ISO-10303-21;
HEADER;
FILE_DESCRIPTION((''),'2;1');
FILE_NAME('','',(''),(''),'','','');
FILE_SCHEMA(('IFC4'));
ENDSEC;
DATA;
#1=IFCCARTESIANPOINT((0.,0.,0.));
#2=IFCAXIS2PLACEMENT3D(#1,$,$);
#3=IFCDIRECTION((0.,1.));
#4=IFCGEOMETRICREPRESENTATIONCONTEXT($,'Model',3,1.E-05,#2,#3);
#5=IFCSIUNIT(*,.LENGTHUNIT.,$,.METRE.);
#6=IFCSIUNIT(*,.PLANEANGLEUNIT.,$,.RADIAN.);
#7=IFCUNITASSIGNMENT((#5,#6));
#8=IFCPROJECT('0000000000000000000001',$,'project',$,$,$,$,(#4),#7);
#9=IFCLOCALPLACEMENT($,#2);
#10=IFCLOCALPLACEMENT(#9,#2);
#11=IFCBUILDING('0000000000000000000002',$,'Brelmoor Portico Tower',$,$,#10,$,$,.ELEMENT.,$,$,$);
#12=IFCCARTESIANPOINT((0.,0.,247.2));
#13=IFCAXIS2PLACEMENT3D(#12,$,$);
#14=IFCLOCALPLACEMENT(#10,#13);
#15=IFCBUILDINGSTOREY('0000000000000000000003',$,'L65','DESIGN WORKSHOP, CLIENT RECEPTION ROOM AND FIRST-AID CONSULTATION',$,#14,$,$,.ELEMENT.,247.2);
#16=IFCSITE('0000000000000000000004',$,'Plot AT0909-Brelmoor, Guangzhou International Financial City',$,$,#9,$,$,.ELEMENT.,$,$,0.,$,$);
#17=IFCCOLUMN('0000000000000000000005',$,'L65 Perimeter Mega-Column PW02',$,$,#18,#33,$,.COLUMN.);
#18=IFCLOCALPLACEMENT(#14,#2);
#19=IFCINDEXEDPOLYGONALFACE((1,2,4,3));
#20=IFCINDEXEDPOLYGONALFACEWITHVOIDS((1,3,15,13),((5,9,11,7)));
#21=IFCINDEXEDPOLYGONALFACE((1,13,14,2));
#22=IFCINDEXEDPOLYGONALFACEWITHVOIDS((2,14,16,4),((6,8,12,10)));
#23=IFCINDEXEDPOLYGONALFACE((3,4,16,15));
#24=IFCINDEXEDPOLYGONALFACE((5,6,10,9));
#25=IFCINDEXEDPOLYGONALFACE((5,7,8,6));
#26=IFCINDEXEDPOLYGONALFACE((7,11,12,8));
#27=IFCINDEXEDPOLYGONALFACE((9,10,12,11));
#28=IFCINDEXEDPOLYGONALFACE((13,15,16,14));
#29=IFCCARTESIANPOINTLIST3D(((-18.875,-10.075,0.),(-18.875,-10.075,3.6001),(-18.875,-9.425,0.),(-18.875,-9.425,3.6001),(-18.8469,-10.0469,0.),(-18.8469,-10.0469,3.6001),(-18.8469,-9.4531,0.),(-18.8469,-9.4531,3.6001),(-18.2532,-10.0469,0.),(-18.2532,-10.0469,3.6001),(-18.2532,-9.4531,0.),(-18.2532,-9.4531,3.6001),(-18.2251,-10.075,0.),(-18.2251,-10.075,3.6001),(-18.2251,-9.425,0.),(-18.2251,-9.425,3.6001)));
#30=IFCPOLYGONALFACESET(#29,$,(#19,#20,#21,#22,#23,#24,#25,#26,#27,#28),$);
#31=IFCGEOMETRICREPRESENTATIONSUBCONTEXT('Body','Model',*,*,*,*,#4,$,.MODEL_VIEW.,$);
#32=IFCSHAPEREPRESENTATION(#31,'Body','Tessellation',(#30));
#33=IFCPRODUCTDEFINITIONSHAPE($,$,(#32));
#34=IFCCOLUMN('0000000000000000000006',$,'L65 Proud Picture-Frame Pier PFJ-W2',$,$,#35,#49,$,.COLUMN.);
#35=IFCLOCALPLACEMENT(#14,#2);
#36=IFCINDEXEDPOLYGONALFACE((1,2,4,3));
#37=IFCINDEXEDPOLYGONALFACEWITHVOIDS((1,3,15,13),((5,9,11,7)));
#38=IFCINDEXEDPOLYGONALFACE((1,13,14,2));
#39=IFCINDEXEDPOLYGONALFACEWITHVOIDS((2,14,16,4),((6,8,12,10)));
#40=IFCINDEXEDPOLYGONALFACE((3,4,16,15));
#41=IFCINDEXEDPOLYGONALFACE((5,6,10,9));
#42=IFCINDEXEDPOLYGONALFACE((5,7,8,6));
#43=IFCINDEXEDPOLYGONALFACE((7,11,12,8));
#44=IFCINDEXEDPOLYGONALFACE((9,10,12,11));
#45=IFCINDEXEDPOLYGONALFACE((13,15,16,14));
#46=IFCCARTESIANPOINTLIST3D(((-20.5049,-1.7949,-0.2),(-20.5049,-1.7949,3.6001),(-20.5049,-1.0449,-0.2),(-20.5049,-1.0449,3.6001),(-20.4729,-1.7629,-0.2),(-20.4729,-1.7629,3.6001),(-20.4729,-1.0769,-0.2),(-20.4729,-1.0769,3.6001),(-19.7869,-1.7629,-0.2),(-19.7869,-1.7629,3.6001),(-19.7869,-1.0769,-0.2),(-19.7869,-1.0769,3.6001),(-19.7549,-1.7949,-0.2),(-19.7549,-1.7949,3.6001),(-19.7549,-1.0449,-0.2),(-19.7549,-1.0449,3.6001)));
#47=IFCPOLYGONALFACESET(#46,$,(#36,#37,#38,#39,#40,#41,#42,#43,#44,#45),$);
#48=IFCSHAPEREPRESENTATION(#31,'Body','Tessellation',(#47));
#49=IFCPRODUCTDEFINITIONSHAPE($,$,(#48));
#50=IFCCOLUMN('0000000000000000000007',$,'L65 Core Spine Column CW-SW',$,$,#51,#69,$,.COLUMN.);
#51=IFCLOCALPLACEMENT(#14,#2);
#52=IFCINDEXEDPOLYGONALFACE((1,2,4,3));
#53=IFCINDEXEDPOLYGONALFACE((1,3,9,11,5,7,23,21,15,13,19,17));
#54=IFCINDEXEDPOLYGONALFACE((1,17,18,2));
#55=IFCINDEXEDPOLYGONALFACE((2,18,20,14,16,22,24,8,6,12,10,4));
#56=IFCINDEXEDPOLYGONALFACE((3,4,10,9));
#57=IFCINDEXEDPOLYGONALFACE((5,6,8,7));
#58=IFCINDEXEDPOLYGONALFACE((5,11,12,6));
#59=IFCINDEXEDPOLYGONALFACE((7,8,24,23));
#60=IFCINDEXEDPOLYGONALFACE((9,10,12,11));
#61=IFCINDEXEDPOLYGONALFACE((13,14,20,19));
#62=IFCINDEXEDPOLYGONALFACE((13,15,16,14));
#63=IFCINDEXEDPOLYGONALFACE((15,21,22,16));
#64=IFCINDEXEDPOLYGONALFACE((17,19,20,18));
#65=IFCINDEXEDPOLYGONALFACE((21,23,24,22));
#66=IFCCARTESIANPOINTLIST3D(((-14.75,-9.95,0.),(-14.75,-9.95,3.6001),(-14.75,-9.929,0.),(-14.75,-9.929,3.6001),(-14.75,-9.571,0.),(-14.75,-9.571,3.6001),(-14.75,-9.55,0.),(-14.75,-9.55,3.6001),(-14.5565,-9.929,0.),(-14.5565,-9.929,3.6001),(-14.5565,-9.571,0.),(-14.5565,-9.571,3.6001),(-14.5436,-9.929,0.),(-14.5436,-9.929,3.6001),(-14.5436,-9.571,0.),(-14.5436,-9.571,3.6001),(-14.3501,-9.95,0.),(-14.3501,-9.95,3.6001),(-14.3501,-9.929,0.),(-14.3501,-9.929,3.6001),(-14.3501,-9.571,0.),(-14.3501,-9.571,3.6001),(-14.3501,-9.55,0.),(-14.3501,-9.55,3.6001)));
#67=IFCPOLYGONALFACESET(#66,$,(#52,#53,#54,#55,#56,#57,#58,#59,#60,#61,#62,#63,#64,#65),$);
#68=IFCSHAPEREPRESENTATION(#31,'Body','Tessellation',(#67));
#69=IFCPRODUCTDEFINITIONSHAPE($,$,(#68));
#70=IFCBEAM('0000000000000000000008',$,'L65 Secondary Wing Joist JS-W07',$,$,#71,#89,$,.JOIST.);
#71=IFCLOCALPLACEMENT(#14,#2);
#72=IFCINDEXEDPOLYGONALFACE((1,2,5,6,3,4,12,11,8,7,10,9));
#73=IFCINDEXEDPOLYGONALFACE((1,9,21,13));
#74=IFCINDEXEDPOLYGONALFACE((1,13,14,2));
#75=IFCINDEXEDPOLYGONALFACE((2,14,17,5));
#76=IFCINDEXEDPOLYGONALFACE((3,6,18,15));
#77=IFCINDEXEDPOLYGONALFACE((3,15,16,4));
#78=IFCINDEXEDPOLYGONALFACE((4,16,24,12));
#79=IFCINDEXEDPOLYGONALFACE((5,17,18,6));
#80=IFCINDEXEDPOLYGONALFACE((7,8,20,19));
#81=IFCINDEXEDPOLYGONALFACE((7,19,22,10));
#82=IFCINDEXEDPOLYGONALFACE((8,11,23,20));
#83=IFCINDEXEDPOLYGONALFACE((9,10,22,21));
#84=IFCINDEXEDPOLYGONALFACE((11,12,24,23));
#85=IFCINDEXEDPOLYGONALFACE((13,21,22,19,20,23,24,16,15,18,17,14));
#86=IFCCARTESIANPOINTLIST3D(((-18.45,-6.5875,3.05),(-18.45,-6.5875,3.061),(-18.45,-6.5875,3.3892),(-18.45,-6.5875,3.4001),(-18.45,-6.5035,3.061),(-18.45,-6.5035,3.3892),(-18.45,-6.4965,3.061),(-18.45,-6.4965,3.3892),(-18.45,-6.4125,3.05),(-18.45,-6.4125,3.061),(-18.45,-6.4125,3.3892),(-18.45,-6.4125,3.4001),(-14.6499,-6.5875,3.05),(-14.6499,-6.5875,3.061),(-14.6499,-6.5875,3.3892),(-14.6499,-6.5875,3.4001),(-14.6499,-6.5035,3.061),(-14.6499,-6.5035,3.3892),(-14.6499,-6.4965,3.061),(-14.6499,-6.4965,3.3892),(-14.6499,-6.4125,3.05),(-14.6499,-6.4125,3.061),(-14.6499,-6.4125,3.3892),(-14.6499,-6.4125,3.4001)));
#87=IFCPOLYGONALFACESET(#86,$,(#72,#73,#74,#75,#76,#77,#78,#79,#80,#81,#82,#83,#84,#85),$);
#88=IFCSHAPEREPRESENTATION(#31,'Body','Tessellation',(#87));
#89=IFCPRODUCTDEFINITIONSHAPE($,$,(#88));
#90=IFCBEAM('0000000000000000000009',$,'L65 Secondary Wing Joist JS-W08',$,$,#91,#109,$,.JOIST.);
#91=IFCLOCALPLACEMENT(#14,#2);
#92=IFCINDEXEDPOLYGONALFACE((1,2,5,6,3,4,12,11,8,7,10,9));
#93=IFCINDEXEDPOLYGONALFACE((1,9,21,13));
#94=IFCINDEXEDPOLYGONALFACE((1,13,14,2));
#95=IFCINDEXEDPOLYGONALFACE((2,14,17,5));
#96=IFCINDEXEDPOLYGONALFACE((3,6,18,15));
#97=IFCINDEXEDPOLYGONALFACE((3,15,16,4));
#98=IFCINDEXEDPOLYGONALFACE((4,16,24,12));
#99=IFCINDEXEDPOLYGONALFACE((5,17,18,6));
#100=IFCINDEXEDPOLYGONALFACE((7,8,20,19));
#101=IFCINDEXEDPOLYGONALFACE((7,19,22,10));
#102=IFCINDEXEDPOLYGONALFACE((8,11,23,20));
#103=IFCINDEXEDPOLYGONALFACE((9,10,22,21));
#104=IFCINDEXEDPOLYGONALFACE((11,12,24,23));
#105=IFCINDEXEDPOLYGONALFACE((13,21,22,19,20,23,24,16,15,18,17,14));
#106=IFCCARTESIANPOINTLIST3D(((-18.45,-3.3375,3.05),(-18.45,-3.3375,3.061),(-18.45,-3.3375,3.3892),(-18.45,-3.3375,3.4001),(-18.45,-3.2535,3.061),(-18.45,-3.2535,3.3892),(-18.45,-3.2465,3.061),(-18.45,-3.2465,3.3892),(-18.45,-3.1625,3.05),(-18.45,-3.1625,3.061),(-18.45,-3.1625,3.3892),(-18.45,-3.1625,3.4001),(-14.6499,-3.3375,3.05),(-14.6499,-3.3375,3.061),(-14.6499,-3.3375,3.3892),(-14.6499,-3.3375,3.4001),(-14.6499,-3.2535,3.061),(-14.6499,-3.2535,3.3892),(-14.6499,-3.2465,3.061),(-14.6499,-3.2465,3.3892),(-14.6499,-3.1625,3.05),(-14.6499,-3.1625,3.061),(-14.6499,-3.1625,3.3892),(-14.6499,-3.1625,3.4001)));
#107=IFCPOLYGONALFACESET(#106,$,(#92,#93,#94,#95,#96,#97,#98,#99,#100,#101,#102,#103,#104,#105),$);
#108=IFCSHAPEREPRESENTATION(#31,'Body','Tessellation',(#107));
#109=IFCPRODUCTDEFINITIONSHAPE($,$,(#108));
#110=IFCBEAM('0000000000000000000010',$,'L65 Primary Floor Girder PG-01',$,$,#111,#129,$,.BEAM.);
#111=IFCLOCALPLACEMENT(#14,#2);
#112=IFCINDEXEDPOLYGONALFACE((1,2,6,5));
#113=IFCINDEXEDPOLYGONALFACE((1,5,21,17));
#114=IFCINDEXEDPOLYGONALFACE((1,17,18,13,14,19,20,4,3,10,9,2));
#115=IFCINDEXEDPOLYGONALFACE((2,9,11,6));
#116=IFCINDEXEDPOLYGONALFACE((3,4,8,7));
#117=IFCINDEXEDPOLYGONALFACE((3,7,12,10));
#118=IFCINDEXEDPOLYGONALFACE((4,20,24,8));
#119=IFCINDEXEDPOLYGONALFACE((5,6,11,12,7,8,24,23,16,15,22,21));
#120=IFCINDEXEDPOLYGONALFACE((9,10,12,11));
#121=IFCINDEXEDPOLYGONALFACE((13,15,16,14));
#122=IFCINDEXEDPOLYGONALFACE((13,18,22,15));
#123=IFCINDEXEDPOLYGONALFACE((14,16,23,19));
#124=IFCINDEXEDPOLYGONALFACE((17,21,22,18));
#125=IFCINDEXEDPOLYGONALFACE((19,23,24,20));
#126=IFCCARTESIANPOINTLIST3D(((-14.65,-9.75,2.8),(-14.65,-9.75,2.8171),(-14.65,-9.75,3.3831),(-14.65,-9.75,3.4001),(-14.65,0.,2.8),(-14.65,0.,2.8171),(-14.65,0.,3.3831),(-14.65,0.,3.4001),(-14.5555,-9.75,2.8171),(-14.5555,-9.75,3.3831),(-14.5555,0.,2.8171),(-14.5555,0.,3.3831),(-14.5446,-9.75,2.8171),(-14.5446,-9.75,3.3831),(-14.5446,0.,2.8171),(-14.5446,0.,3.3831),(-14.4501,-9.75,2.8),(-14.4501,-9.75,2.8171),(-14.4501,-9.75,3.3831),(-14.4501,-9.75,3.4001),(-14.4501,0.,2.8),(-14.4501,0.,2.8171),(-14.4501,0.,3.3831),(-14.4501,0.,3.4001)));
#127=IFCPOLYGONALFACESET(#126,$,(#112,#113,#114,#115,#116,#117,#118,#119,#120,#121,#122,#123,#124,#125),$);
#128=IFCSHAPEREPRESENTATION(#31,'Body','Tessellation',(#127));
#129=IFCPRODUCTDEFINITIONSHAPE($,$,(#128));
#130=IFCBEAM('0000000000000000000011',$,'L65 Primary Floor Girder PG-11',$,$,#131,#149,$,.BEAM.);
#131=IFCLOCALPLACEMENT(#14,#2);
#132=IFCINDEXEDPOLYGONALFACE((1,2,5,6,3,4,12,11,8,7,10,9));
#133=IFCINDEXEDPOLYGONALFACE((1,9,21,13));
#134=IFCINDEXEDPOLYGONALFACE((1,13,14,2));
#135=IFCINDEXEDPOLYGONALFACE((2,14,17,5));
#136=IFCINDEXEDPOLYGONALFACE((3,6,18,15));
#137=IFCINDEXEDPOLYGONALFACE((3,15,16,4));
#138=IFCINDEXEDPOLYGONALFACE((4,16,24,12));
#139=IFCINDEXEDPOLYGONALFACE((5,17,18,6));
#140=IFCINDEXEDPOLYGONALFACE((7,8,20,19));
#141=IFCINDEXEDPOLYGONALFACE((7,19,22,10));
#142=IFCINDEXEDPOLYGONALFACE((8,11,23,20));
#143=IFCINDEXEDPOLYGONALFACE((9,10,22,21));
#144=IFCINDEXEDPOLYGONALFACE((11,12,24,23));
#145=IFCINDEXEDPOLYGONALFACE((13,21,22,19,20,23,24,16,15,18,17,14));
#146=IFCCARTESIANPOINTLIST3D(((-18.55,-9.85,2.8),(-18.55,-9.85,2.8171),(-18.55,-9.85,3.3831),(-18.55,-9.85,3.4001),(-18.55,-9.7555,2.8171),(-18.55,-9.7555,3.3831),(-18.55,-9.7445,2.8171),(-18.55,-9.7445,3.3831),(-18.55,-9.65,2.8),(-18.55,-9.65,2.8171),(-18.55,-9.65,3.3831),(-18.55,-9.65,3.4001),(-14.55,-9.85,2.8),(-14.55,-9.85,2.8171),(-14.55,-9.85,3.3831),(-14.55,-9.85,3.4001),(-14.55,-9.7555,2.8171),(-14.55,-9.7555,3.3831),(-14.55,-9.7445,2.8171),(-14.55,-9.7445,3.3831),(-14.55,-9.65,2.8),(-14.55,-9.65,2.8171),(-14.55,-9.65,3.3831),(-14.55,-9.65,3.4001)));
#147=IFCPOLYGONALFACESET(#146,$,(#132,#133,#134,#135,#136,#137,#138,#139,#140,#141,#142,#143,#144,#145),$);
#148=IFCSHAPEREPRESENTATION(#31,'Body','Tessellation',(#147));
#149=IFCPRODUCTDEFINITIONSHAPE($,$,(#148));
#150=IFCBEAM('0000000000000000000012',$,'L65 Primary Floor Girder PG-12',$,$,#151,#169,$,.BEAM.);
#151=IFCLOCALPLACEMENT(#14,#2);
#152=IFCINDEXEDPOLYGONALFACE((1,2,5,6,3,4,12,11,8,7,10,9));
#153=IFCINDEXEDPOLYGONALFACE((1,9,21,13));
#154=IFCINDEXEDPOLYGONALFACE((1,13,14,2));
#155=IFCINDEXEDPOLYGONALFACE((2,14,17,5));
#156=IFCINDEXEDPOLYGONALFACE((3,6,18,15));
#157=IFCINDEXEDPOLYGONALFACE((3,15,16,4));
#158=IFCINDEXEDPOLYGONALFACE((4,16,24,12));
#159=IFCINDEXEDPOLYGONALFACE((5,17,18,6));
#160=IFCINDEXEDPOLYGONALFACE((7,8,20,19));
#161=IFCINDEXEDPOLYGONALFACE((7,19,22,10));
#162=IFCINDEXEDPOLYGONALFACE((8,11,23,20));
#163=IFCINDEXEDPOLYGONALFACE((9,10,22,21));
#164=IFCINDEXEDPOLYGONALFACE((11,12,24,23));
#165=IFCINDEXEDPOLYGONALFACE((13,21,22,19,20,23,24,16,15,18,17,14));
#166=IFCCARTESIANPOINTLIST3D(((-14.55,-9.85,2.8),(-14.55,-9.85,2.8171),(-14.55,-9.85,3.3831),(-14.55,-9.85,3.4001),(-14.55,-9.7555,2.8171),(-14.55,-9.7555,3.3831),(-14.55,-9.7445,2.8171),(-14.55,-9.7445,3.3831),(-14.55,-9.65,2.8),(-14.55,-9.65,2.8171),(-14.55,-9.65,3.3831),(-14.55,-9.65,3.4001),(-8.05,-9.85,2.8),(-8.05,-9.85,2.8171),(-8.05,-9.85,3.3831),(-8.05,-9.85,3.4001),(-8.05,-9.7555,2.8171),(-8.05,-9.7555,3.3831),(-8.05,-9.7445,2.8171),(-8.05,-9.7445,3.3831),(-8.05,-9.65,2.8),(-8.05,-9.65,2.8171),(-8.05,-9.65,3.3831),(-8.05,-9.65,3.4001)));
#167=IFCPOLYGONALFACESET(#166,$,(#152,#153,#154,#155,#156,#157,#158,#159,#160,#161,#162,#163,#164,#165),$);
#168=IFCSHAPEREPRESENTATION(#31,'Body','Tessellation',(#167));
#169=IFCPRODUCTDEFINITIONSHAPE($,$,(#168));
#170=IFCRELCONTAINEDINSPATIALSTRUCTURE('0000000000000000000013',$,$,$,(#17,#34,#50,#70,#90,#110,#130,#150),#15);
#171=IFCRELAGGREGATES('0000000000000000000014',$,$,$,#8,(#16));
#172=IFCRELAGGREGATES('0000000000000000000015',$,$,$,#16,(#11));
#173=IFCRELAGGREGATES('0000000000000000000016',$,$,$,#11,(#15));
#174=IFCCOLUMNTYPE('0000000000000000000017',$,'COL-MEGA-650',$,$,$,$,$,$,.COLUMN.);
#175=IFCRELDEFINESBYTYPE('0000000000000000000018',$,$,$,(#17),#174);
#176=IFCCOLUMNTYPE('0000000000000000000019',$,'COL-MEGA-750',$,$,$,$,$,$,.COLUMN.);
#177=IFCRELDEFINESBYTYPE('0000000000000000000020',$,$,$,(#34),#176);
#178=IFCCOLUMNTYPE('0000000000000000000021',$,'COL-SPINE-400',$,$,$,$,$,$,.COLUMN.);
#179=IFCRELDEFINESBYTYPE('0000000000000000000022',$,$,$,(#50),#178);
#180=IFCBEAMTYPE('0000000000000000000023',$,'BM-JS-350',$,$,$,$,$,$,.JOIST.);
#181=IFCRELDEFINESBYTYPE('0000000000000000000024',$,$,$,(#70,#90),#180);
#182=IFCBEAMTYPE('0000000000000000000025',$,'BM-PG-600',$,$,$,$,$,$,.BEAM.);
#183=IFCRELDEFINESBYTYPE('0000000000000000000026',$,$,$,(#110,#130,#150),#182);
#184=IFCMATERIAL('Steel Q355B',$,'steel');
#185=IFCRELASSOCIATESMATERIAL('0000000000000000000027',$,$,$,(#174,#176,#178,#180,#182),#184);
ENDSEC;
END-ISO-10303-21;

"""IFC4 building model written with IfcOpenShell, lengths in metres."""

from ifc_helpers import new_model, si_unit, direction, frame, origin, origin_2d, place, context, subcontext, project, spatial, hollow_rectangle, i_section, extrude, material, material_profile, profile_set, type_object, element, save


model = new_model("IFC4")

# Units and contexts
model_context = context("Model", 3, precision=1e-05, world=origin(), true_north=direction((0.0, 1.0)))
body_context = subcontext(model_context, "Body", "Model", "MODEL_VIEW")
ifc_project = project(units=[si_unit("LENGTHUNIT", "METRE"), si_unit("PLANEANGLEUNIT", "RADIAN")], contexts=[model_context])

# Site, building, storey
site_placement = place(None, origin())
site = spatial("IfcSite", under=ifc_project, at=site_placement, Name="Plot AT0909-Brelmoor, Guangzhou International Financial City", CompositionType="ELEMENT", RefElevation=0.0)
building_placement = place(site_placement, origin())
building = spatial("IfcBuilding", under=site, at=building_placement, Name="Brelmoor Portico Tower", CompositionType="ELEMENT")
storey_placement = place(building_placement, frame((0.0, 0.0, 247.2)))
storey = spatial("IfcBuildingStorey", under=building, at=storey_placement, Name="L65", Description="DESIGN WORKSHOP, CLIENT RECEPTION ROOM AND FIRST-AID CONSULTATION", CompositionType="ELEMENT", Elevation=247.2)

# Columns
ifc_material_1 = material(Name="Steel Q355B", Category="steel")
ifc_material_profile_1 = material_profile(ifc_material_1, hollow_rectangle(XDim=0.6499, YDim=0.6499, WallThickness=0.0281, at=origin_2d()), Name="BOX 650x650x28")
ifc_profile_set_1 = profile_set([ifc_material_profile_1], Name="Steel Q355B")
column_type_1 = type_object("IfcColumnType", Name="COL-MEGA-650", PredefinedType="COLUMN", material=ifc_profile_set_1)
column_1_placement = place(storey_placement, frame((-18.55, -9.75, 0.0), z_axis=(0.0, 0.0, 1.0), x_axis=(0.0, 1.0, 0.0)))
element("IfcColumn", 1, at=column_1_placement, inside=storey, type_object=column_type_1, Name="L65 Perimeter Mega-Column PW02", PredefinedType="COLUMN", context=body_context, shape_type="SweptSolid", body=[
    extrude(hollow_rectangle(XDim=0.6499, YDim=0.6499, WallThickness=0.0281, at=origin_2d()), origin(), (0.0, 0.0, 1.0), 3.6001),
])
ifc_material_profile_2 = material_profile(ifc_material_1, hollow_rectangle(XDim=0.75, YDim=0.75, WallThickness=0.032, at=origin_2d()), Name="BOX 750x750x32")
ifc_profile_set_2 = profile_set([ifc_material_profile_2], Name="Steel Q355B")
column_type_2 = type_object("IfcColumnType", Name="COL-MEGA-750", PredefinedType="COLUMN", material=ifc_profile_set_2)
column_2_placement = place(storey_placement, frame((-20.1299, -1.4199, -0.2), z_axis=(0.0, 0.0, 1.0), x_axis=(0.0, 1.0, 0.0)))
element("IfcColumn", 2, at=column_2_placement, inside=storey, type_object=column_type_2, Name="L65 Proud Picture-Frame Pier PFJ-W2", PredefinedType="COLUMN", context=body_context, shape_type="SweptSolid", body=[
    extrude(hollow_rectangle(XDim=0.75, YDim=0.75, WallThickness=0.032, at=origin_2d()), origin(), (0.0, 0.0, 1.0), 3.8),
])
ifc_material_profile_3 = material_profile(ifc_material_1, i_section(OverallWidth=0.3999, OverallDepth=0.3999, WebThickness=0.0129, FlangeThickness=0.021, at=origin_2d()), Name="HW 400x400x13x21")
ifc_profile_set_3 = profile_set([ifc_material_profile_3], Name="Steel Q355B")
column_type_3 = type_object("IfcColumnType", Name="COL-SPINE-400", PredefinedType="COLUMN", material=ifc_profile_set_3)
column_3_placement = place(storey_placement, frame((-14.55, -9.75, 0.0), z_axis=(0.0, 0.0, 1.0), x_axis=(1.0, 0.0, 0.0)))
element("IfcColumn", 3, at=column_3_placement, inside=storey, type_object=column_type_3, Name="L65 Core Spine Column CW-SW", PredefinedType="COLUMN", context=body_context, shape_type="SweptSolid", body=[
    extrude(i_section(OverallWidth=0.3999, OverallDepth=0.3999, WebThickness=0.0129, FlangeThickness=0.021, at=origin_2d()), origin(), (0.0, 0.0, 1.0), 3.6001),
])

# Beams
ifc_material_profile_4 = material_profile(ifc_material_1, i_section(OverallWidth=0.175, OverallDepth=0.3501, WebThickness=0.0071, FlangeThickness=0.011, at=origin_2d()), Name="HN 350x175x7x11")
ifc_profile_set_4 = profile_set([ifc_material_profile_4], Name="Steel Q355B")
beam_type_1 = type_object("IfcBeamType", Name="BM-JS-350", PredefinedType="JOIST", material=ifc_profile_set_4)
for number, where, z_axis, x_axis, name in (
    (4, (-18.45, -6.5, 3.2251), (1.0, 0.0, 0.0), (0.0, 1.0, 0.0), "L65 Secondary Wing Joist JS-W07"),
    (5, (-18.45, -3.25, 3.2251), (1.0, 0.0, 0.0), (0.0, 1.0, 0.0), "L65 Secondary Wing Joist JS-W08"),
):
    element("IfcBeam", number, at=place(storey_placement, frame(where, z_axis=z_axis, x_axis=x_axis)), inside=storey, type_object=beam_type_1, Name=name, PredefinedType="JOIST", context=body_context, shape_type="SweptSolid", body=[
        extrude(i_section(OverallWidth=0.175, OverallDepth=0.3501, WebThickness=0.0071, FlangeThickness=0.011, at=origin_2d()), origin(), (0.0, 0.0, 1.0), 3.8),
    ])
ifc_material_profile_5 = material_profile(ifc_material_1, i_section(OverallWidth=0.2, OverallDepth=0.6001, WebThickness=0.011, FlangeThickness=0.0171, at=origin_2d()), Name="HN 600x200x11x17")
ifc_profile_set_5 = profile_set([ifc_material_profile_5], Name="Steel Q355B")
beam_type_2 = type_object("IfcBeamType", Name="BM-PG-600", PredefinedType="BEAM", material=ifc_profile_set_5)
beam_1_placement = place(storey_placement, frame((-14.55, -9.75, 3.1001), z_axis=(0.0, 1.0, 0.0), x_axis=(-1.0, 0.0, 0.0)))
element("IfcBeam", 6, at=beam_1_placement, inside=storey, type_object=beam_type_2, Name="L65 Primary Floor Girder PG-01", PredefinedType="BEAM", context=body_context, shape_type="SweptSolid", body=[
    extrude(i_section(OverallWidth=0.2, OverallDepth=0.6001, WebThickness=0.011, FlangeThickness=0.0171, at=origin_2d()), origin(), (0.0, 0.0, 1.0), 9.75),
])
beam_2_placement = place(storey_placement, frame((-18.55, -9.75, 3.1001), z_axis=(1.0, 0.0, 0.0), x_axis=(0.0, 1.0, 0.0)))
element("IfcBeam", 7, at=beam_2_placement, inside=storey, type_object=beam_type_2, Name="L65 Primary Floor Girder PG-11", PredefinedType="BEAM", context=body_context, shape_type="SweptSolid", body=[
    extrude(i_section(OverallWidth=0.2, OverallDepth=0.6001, WebThickness=0.011, FlangeThickness=0.0171, at=origin_2d()), origin(), (0.0, 0.0, 1.0), 4.0),
])
beam_3_placement = place(storey_placement, frame((-14.55, -9.75, 3.1001), z_axis=(1.0, 0.0, 0.0), x_axis=(0.0, 1.0, 0.0)))
element("IfcBeam", 8, at=beam_3_placement, inside=storey, type_object=beam_type_2, Name="L65 Primary Floor Girder PG-12", PredefinedType="BEAM", context=body_context, shape_type="SweptSolid", body=[
    extrude(i_section(OverallWidth=0.2, OverallDepth=0.6001, WebThickness=0.011, FlangeThickness=0.0171, at=origin_2d()), origin(), (0.0, 0.0, 1.0), 6.5),
])

save(model, "model.ifc")
